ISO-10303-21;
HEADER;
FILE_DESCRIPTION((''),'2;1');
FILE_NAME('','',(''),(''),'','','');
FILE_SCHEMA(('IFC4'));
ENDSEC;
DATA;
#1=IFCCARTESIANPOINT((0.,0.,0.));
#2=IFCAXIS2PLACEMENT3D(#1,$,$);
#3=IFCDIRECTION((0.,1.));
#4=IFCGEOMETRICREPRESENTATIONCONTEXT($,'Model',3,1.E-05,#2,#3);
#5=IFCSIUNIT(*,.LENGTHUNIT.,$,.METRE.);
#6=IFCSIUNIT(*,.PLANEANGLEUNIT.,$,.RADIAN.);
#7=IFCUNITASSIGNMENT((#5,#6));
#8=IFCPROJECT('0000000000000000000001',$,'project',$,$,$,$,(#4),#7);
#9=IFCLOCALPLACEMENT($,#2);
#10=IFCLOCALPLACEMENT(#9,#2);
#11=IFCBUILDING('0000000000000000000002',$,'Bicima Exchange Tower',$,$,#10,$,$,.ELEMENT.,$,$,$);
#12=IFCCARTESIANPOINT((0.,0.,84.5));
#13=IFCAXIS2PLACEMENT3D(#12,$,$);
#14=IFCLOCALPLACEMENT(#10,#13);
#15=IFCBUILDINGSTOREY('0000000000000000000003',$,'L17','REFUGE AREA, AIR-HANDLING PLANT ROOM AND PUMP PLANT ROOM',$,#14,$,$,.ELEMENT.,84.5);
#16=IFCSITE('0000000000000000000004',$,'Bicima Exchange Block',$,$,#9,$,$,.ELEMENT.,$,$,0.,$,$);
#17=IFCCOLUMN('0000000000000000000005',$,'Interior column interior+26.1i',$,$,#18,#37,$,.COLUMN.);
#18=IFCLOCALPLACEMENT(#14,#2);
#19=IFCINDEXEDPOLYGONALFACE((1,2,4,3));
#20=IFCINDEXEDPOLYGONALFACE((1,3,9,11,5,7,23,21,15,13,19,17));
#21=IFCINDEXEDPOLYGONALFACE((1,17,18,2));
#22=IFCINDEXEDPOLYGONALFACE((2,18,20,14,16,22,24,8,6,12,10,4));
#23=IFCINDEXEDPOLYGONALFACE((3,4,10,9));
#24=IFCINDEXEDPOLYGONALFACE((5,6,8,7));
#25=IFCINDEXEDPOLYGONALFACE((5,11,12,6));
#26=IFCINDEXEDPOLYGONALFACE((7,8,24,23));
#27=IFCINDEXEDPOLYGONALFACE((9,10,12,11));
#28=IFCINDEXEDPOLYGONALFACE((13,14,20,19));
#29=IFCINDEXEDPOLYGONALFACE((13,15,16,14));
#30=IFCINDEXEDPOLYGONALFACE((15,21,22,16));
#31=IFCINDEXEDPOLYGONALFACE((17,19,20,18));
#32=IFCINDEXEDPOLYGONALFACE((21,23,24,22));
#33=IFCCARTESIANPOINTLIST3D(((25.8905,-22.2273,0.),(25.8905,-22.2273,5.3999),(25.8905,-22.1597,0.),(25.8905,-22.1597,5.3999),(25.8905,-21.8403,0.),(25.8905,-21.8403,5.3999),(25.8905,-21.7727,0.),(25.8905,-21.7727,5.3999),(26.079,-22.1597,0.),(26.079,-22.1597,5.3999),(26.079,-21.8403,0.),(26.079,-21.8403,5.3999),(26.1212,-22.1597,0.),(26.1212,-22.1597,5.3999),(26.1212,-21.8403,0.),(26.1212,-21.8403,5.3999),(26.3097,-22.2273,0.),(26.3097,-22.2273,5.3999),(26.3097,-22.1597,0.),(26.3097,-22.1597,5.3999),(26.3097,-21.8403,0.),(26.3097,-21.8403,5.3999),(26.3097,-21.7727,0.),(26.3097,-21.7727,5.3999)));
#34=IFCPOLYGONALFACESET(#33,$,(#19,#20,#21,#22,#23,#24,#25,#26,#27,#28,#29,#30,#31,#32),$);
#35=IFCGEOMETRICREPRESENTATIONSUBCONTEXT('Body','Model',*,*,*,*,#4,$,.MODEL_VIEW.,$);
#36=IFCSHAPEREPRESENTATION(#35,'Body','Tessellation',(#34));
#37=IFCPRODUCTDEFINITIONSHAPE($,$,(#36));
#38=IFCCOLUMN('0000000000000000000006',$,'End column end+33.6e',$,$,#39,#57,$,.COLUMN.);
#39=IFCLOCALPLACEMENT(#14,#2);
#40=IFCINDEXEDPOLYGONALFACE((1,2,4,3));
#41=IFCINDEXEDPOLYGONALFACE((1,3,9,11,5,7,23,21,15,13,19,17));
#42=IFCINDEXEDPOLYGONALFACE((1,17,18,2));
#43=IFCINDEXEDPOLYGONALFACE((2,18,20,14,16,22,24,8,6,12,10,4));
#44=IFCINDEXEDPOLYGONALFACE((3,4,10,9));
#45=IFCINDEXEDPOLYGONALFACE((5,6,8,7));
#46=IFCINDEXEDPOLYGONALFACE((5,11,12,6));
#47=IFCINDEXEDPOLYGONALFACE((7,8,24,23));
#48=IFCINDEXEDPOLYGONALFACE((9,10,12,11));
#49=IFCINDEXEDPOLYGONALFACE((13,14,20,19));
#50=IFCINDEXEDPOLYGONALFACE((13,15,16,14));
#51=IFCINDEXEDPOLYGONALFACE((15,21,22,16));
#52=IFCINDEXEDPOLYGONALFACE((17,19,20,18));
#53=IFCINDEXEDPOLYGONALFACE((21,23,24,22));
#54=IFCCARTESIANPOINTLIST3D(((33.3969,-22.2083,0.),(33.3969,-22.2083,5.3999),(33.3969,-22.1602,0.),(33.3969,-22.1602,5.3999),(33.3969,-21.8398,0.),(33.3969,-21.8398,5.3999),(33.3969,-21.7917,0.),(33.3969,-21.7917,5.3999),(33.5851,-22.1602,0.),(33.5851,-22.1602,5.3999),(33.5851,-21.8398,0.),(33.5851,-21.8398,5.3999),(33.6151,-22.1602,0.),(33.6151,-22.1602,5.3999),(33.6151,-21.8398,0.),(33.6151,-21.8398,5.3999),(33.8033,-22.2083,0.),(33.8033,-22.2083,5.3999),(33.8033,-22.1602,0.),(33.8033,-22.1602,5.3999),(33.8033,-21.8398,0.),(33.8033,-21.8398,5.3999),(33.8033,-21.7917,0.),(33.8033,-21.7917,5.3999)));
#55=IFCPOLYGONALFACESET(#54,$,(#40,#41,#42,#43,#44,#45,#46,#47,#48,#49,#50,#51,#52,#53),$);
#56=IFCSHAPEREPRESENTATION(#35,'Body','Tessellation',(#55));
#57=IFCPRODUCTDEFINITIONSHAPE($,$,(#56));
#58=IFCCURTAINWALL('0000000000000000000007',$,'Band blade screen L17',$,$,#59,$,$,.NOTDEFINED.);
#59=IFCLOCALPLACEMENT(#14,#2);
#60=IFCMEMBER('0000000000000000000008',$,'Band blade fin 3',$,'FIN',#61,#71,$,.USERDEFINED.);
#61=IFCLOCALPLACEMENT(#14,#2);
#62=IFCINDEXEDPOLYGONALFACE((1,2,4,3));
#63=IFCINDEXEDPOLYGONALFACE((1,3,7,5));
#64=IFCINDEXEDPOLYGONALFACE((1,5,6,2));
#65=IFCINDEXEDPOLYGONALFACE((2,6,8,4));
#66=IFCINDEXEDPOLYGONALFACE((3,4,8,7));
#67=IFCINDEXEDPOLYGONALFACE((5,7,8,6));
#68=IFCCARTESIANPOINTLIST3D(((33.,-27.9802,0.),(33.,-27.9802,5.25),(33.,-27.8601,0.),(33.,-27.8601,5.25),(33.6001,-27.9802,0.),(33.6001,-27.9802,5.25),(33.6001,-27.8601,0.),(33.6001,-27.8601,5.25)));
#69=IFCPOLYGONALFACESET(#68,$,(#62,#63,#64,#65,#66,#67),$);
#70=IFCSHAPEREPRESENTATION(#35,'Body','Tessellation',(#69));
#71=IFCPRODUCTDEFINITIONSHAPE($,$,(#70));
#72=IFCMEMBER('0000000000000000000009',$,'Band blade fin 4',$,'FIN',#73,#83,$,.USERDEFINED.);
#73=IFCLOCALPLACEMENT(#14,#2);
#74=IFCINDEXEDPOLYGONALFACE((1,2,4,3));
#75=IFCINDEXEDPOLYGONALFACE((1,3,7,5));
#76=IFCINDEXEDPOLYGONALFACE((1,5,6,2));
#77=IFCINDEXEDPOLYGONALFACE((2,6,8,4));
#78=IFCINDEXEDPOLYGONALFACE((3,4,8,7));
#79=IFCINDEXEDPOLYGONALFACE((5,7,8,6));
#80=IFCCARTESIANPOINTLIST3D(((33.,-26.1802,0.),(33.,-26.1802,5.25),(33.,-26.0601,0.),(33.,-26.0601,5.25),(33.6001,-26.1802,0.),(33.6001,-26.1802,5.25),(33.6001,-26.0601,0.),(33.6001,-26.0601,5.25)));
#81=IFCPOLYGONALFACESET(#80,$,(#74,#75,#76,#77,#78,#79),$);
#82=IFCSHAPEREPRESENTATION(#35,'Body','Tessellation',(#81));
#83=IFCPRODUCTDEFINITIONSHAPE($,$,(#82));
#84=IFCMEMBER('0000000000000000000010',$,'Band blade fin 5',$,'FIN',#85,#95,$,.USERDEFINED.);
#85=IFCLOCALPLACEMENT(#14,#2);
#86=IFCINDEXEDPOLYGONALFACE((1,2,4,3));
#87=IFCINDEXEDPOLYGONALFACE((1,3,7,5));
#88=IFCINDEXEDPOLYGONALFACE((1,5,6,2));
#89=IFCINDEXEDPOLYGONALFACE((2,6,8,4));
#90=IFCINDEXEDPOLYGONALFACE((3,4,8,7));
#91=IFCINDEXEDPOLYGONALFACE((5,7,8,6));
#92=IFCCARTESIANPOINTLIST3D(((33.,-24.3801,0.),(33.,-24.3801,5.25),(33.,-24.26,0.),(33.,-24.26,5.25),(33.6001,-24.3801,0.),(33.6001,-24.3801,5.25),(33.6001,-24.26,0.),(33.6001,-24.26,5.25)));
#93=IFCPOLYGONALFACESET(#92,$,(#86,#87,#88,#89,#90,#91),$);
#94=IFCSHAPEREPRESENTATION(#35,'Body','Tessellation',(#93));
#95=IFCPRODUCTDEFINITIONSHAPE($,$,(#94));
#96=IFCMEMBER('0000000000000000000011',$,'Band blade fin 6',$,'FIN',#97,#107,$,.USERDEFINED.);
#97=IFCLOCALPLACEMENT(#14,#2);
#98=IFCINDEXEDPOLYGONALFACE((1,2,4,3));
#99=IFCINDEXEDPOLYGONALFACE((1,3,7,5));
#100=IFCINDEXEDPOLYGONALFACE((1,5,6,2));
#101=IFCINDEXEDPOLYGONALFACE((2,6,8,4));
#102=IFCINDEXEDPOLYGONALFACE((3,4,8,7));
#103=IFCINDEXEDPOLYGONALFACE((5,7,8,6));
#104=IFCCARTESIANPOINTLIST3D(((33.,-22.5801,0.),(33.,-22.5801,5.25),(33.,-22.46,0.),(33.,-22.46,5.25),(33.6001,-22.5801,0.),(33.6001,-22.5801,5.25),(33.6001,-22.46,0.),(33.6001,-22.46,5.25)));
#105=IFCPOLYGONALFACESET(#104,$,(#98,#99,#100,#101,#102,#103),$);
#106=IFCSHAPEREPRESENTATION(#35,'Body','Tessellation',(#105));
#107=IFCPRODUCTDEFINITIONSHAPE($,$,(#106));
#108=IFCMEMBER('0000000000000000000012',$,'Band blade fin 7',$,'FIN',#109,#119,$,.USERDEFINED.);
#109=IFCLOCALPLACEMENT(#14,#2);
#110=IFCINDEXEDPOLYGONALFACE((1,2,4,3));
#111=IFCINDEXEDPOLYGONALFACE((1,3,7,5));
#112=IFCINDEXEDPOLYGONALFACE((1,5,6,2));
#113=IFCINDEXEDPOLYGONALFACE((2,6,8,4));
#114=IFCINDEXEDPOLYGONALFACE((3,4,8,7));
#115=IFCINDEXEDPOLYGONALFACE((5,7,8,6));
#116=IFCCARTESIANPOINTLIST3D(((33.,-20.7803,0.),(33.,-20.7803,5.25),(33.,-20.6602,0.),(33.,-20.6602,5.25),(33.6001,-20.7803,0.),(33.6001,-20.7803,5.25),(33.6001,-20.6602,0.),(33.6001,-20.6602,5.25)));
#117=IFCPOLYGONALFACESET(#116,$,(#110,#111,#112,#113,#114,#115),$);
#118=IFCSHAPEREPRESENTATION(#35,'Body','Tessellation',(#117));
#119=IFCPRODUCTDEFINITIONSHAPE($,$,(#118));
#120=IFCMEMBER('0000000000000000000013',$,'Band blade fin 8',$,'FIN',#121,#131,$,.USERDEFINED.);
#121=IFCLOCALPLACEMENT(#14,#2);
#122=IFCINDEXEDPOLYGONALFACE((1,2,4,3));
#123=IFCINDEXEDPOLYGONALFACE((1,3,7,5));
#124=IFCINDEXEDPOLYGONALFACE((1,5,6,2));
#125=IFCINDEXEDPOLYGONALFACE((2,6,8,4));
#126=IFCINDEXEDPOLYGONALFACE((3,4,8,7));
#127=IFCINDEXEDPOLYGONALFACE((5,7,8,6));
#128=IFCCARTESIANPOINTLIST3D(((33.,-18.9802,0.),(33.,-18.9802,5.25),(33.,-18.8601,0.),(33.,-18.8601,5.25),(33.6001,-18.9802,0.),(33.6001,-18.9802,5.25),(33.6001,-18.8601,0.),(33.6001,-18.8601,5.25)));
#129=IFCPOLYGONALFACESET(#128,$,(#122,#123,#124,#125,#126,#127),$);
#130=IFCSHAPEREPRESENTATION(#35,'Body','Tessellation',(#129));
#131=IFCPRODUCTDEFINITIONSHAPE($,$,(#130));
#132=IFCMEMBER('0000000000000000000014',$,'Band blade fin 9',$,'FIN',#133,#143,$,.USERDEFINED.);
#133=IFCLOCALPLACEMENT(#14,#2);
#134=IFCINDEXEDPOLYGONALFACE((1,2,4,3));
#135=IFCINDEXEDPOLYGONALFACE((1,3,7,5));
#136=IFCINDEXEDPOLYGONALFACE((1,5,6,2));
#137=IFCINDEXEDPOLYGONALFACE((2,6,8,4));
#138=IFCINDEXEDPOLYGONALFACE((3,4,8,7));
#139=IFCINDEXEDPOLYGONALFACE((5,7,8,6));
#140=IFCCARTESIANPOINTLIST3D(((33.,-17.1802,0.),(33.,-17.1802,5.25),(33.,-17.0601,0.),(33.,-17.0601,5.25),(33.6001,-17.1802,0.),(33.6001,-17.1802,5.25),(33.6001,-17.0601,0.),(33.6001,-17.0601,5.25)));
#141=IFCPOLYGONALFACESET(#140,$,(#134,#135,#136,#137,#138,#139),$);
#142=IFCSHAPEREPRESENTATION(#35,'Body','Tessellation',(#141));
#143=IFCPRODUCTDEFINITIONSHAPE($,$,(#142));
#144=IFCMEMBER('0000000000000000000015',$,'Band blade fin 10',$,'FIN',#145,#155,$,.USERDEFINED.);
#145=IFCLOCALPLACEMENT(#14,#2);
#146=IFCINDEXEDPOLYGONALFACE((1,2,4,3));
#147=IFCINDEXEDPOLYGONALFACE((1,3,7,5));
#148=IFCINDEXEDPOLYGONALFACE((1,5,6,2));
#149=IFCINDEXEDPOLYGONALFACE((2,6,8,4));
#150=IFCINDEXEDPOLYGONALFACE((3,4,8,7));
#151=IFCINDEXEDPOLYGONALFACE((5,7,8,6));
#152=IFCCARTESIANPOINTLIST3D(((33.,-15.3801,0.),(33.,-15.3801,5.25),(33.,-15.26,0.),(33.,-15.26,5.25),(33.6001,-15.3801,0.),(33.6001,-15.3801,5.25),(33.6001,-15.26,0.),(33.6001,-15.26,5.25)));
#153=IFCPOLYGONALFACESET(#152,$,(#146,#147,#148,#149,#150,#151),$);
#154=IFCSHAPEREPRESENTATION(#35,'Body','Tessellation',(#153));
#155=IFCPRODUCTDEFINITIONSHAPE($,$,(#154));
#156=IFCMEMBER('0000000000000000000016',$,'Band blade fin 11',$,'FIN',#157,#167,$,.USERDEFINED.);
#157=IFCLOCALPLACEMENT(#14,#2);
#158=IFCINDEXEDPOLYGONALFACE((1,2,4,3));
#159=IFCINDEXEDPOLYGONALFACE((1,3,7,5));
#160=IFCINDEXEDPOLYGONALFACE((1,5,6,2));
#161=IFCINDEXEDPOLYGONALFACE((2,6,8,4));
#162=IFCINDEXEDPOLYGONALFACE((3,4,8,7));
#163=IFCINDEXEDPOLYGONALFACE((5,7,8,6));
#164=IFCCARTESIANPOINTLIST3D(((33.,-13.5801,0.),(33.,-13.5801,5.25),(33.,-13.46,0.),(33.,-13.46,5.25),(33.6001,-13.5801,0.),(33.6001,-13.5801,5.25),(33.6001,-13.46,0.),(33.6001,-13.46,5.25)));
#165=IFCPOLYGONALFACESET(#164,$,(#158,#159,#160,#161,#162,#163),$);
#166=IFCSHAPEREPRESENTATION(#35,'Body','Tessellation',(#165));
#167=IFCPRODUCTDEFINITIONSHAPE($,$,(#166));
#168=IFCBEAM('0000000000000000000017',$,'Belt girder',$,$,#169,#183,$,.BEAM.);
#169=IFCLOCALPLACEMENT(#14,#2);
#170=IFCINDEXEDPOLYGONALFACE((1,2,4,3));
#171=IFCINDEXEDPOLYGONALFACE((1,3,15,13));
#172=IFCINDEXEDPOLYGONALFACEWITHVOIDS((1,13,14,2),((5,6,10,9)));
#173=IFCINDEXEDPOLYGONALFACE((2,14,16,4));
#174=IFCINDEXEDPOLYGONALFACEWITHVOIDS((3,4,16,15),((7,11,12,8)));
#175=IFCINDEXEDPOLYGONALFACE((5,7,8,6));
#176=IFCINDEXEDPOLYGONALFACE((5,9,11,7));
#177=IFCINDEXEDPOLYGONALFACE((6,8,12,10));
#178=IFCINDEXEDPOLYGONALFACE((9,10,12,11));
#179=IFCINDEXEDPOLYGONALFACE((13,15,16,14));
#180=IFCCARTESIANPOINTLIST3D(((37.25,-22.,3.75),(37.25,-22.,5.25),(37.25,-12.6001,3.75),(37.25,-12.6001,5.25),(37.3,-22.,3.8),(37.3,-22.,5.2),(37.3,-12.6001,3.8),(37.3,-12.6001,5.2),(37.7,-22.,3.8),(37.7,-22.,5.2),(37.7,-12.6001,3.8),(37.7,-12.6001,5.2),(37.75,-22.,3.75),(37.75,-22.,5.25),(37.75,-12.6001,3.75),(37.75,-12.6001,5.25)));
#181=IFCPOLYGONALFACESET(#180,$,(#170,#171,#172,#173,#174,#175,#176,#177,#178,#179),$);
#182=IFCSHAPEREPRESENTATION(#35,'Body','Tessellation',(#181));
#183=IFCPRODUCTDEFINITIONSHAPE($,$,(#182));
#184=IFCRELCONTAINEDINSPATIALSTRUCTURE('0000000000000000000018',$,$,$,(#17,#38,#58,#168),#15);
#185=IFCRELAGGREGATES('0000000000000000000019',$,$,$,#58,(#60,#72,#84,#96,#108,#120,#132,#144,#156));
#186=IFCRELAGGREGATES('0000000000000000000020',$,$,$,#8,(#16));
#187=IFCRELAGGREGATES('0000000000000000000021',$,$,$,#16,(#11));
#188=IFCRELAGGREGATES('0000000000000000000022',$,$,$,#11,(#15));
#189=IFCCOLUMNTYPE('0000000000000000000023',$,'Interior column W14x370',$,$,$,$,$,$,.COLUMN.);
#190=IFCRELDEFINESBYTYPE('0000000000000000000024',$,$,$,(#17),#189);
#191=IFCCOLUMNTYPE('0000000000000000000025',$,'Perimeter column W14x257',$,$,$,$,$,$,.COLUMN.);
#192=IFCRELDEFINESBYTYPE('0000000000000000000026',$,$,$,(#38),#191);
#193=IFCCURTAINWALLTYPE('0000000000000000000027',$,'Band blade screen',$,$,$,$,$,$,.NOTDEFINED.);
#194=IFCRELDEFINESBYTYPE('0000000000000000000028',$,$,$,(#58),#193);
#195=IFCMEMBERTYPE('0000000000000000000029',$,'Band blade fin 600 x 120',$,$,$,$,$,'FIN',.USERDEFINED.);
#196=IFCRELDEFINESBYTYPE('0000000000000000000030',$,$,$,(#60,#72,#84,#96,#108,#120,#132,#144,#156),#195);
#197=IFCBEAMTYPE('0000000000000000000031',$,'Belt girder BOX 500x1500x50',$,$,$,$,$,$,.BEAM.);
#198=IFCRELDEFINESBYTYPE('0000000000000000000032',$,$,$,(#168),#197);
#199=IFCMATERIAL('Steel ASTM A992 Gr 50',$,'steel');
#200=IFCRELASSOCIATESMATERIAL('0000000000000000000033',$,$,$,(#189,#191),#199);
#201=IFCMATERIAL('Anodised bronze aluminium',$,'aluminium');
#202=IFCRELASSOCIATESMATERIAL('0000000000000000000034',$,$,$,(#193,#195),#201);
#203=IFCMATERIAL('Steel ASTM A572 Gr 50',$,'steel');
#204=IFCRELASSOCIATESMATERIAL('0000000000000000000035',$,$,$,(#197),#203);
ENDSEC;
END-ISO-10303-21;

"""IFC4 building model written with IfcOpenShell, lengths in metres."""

from ifc_helpers import new_model, si_unit, direction, frame, origin, origin_2d, place, context, subcontext, project, spatial, rectangle, hollow_rectangle, i_section, extrude, material, material_profile, profile_set, type_object, element, aggregate, save


model = new_model("IFC4")

# Units and contexts
model_context = context("Model", 3, precision=1e-05, world=origin(), true_north=direction((0.0, 1.0)))
body_context = subcontext(model_context, "Body", "Model", "MODEL_VIEW")
ifc_project = project(units=[si_unit("LENGTHUNIT", "METRE"), si_unit("PLANEANGLEUNIT", "RADIAN")], contexts=[model_context])

# Site, building, storey
site_placement = place(None, origin())
site = spatial("IfcSite", under=ifc_project, at=site_placement, Name="Bicima Exchange Block", CompositionType="ELEMENT", RefElevation=0.0)
building_placement = place(site_placement, origin())
building = spatial("IfcBuilding", under=site, at=building_placement, Name="Bicima Exchange Tower", CompositionType="ELEMENT")
storey_placement = place(building_placement, frame((0.0, 0.0, 84.5)))
storey = spatial("IfcBuildingStorey", under=building, at=storey_placement, Name="L17", Description="REFUGE AREA, AIR-HANDLING PLANT ROOM AND PUMP PLANT ROOM", CompositionType="ELEMENT", Elevation=84.5)

# Columns
ifc_material_1 = material(Name="Steel ASTM A992 Gr 50", Category="steel")
ifc_material_profile_1 = material_profile(ifc_material_1, i_section(OverallWidth=0.4192, OverallDepth=0.4546, WebThickness=0.0422, FlangeThickness=0.0676, at=origin_2d()))
ifc_profile_set_1 = profile_set([ifc_material_profile_1], Name="Steel ASTM A992 Gr 50")
column_type_1 = type_object("IfcColumnType", Name="Interior column W14x370", PredefinedType="COLUMN", material=ifc_profile_set_1)
column_1_placement = place(storey_placement, frame((26.1001, -22.0, 0.0), z_axis=(0.0, 0.0, 1.0), x_axis=(1.0, 0.0, 0.0)))
element("IfcColumn", 1, at=column_1_placement, inside=storey, type_object=column_type_1, Name="Interior column interior+26.1i", PredefinedType="COLUMN", context=body_context, shape_type="SweptSolid", body=[
    extrude(i_section(OverallWidth=0.4192, OverallDepth=0.4546, WebThickness=0.0422, FlangeThickness=0.0676, at=origin_2d()), origin(), (0.0, 0.0, 1.0), 5.3999),
])
ifc_material_profile_2 = material_profile(ifc_material_1, i_section(OverallWidth=0.4065, OverallDepth=0.4165, WebThickness=0.03, FlangeThickness=0.0481, at=origin_2d()))
ifc_profile_set_2 = profile_set([ifc_material_profile_2], Name="Steel ASTM A992 Gr 50")
column_type_2 = type_object("IfcColumnType", Name="Perimeter column W14x257", PredefinedType="COLUMN", material=ifc_profile_set_2)
column_2_placement = place(storey_placement, frame((33.6001, -22.0, 0.0), z_axis=(0.0, 0.0, 1.0), x_axis=(1.0, 0.0, 0.0)))
element("IfcColumn", 2, at=column_2_placement, inside=storey, type_object=column_type_2, Name="End column end+33.6e", PredefinedType="COLUMN", context=body_context, shape_type="SweptSolid", body=[
    extrude(i_section(OverallWidth=0.4065, OverallDepth=0.4165, WebThickness=0.03, FlangeThickness=0.0481, at=origin_2d()), origin(), (0.0, 0.0, 1.0), 5.3999),
])

# Curtain wall, members
ifc_material_2 = material(Name="Anodised bronze aluminium", Category="aluminium")
curtain_wall_type = type_object("IfcCurtainWallType", Name="Band blade screen", PredefinedType="NOTDEFINED", material=ifc_material_2)
curtain_wall_placement = place(storey_placement, origin())
curtain_wall = element("IfcCurtainWall", 3, at=curtain_wall_placement, inside=storey, type_object=curtain_wall_type, Name="Band blade screen L17", PredefinedType="NOTDEFINED")
ifc_material_profile_3 = material_profile(ifc_material_2, rectangle(XDim=0.6001, YDim=0.1201, at=origin_2d()))
ifc_profile_set_3 = profile_set([ifc_material_profile_3], Name="Anodised bronze aluminium")
member_type_1 = type_object("IfcMemberType", Name="Band blade fin 600 x 120", ElementType="FIN", PredefinedType="USERDEFINED", material=ifc_profile_set_3)
member_1_placement = place(storey_placement, frame((33.3, -27.9202, 0.0), z_axis=(0.0, 0.0, 1.0), x_axis=(-1.0, 0.0, 0.0)))
member_1 = element("IfcMember", 4, at=member_1_placement, type_object=member_type_1, Name="Band blade fin 3", ObjectType="FIN", PredefinedType="USERDEFINED", context=body_context, shape_type="SweptSolid", body=[
    extrude(rectangle(XDim=0.6001, YDim=0.1201, at=origin_2d()), origin(), (0.0, 0.0, 1.0), 5.25),
])
member_2_placement = place(storey_placement, frame((33.3, -26.1201, 0.0), z_axis=(0.0, 0.0, 1.0), x_axis=(-1.0, 0.0, 0.0)))
member_2 = element("IfcMember", 5, at=member_2_placement, type_object=member_type_1, Name="Band blade fin 4", ObjectType="FIN", PredefinedType="USERDEFINED", context=body_context, shape_type="SweptSolid", body=[
    extrude(rectangle(XDim=0.6001, YDim=0.1201, at=origin_2d()), origin(), (0.0, 0.0, 1.0), 5.25),
])
member_3_placement = place(storey_placement, frame((33.3, -24.3201, 0.0), z_axis=(0.0, 0.0, 1.0), x_axis=(-1.0, 0.0, 0.0)))
member_3 = element("IfcMember", 6, at=member_3_placement, type_object=member_type_1, Name="Band blade fin 5", ObjectType="FIN", PredefinedType="USERDEFINED", context=body_context, shape_type="SweptSolid", body=[
    extrude(rectangle(XDim=0.6001, YDim=0.1201, at=origin_2d()), origin(), (0.0, 0.0, 1.0), 5.25),
])
member_4_placement = place(storey_placement, frame((33.3, -22.52, 0.0), z_axis=(0.0, 0.0, 1.0), x_axis=(-1.0, 0.0, 0.0)))
member_4 = element("IfcMember", 7, at=member_4_placement, type_object=member_type_1, Name="Band blade fin 6", ObjectType="FIN", PredefinedType="USERDEFINED", context=body_context, shape_type="SweptSolid", body=[
    extrude(rectangle(XDim=0.6001, YDim=0.1201, at=origin_2d()), origin(), (0.0, 0.0, 1.0), 5.25),
])
member_5_placement = place(storey_placement, frame((33.3, -20.7202, 0.0), z_axis=(0.0, 0.0, 1.0), x_axis=(-1.0, 0.0, 0.0)))
member_5 = element("IfcMember", 8, at=member_5_placement, type_object=member_type_1, Name="Band blade fin 7", ObjectType="FIN", PredefinedType="USERDEFINED", context=body_context, shape_type="SweptSolid", body=[
    extrude(rectangle(XDim=0.6001, YDim=0.1201, at=origin_2d()), origin(), (0.0, 0.0, 1.0), 5.25),
])
member_6_placement = place(storey_placement, frame((33.3, -18.9202, 0.0), z_axis=(0.0, 0.0, 1.0), x_axis=(-1.0, 0.0, 0.0)))
member_6 = element("IfcMember", 9, at=member_6_placement, type_object=member_type_1, Name="Band blade fin 8", ObjectType="FIN", PredefinedType="USERDEFINED", context=body_context, shape_type="SweptSolid", body=[
    extrude(rectangle(XDim=0.6001, YDim=0.1201, at=origin_2d()), origin(), (0.0, 0.0, 1.0), 5.25),
])
member_7_placement = place(storey_placement, frame((33.3, -17.1201, 0.0), z_axis=(0.0, 0.0, 1.0), x_axis=(-1.0, 0.0, 0.0)))
member_7 = element("IfcMember", 10, at=member_7_placement, type_object=member_type_1, Name="Band blade fin 9", ObjectType="FIN", PredefinedType="USERDEFINED", context=body_context, shape_type="SweptSolid", body=[
    extrude(rectangle(XDim=0.6001, YDim=0.1201, at=origin_2d()), origin(), (0.0, 0.0, 1.0), 5.25),
])
member_8_placement = place(storey_placement, frame((33.3, -15.3201, 0.0), z_axis=(0.0, 0.0, 1.0), x_axis=(-1.0, 0.0, 0.0)))
member_8 = element("IfcMember", 11, at=member_8_placement, type_object=member_type_1, Name="Band blade fin 10", ObjectType="FIN", PredefinedType="USERDEFINED", context=body_context, shape_type="SweptSolid", body=[
    extrude(rectangle(XDim=0.6001, YDim=0.1201, at=origin_2d()), origin(), (0.0, 0.0, 1.0), 5.25),
])
member_9_placement = place(storey_placement, frame((33.3, -13.52, 0.0), z_axis=(0.0, 0.0, 1.0), x_axis=(-1.0, 0.0, 0.0)))
member_9 = element("IfcMember", 12, at=member_9_placement, type_object=member_type_1, Name="Band blade fin 11", ObjectType="FIN", PredefinedType="USERDEFINED", context=body_context, shape_type="SweptSolid", body=[
    extrude(rectangle(XDim=0.6001, YDim=0.1201, at=origin_2d()), origin(), (0.0, 0.0, 1.0), 5.25),
])
aggregate(curtain_wall, [member_1, member_2, member_3, member_4, member_5, member_6, member_7, member_8, member_9])

# Beam
ifc_material_3 = material(Name="Steel ASTM A572 Gr 50", Category="steel")
ifc_material_profile_4 = material_profile(ifc_material_3, hollow_rectangle(XDim=0.5, YDim=1.5, WallThickness=0.05, at=origin_2d()))
ifc_profile_set_4 = profile_set([ifc_material_profile_4], Name="Steel ASTM A572 Gr 50")
beam_type_1 = type_object("IfcBeamType", Name="Belt girder BOX 500x1500x50", PredefinedType="BEAM", material=ifc_profile_set_4)
beam_1_placement = place(storey_placement, frame((37.5, -22.0, 4.5), z_axis=(0.0, 1.0, 0.0), x_axis=(-1.0, 0.0, 0.0)))
element("IfcBeam", 13, at=beam_1_placement, inside=storey, type_object=beam_type_1, Name="Belt girder", PredefinedType="BEAM", context=body_context, shape_type="SweptSolid", body=[
    extrude(hollow_rectangle(XDim=0.5, YDim=1.5, WallThickness=0.05, at=origin_2d()), origin(), (0.0, 0.0, 1.0), 9.3999),
])

save(model, "model.ifc")
